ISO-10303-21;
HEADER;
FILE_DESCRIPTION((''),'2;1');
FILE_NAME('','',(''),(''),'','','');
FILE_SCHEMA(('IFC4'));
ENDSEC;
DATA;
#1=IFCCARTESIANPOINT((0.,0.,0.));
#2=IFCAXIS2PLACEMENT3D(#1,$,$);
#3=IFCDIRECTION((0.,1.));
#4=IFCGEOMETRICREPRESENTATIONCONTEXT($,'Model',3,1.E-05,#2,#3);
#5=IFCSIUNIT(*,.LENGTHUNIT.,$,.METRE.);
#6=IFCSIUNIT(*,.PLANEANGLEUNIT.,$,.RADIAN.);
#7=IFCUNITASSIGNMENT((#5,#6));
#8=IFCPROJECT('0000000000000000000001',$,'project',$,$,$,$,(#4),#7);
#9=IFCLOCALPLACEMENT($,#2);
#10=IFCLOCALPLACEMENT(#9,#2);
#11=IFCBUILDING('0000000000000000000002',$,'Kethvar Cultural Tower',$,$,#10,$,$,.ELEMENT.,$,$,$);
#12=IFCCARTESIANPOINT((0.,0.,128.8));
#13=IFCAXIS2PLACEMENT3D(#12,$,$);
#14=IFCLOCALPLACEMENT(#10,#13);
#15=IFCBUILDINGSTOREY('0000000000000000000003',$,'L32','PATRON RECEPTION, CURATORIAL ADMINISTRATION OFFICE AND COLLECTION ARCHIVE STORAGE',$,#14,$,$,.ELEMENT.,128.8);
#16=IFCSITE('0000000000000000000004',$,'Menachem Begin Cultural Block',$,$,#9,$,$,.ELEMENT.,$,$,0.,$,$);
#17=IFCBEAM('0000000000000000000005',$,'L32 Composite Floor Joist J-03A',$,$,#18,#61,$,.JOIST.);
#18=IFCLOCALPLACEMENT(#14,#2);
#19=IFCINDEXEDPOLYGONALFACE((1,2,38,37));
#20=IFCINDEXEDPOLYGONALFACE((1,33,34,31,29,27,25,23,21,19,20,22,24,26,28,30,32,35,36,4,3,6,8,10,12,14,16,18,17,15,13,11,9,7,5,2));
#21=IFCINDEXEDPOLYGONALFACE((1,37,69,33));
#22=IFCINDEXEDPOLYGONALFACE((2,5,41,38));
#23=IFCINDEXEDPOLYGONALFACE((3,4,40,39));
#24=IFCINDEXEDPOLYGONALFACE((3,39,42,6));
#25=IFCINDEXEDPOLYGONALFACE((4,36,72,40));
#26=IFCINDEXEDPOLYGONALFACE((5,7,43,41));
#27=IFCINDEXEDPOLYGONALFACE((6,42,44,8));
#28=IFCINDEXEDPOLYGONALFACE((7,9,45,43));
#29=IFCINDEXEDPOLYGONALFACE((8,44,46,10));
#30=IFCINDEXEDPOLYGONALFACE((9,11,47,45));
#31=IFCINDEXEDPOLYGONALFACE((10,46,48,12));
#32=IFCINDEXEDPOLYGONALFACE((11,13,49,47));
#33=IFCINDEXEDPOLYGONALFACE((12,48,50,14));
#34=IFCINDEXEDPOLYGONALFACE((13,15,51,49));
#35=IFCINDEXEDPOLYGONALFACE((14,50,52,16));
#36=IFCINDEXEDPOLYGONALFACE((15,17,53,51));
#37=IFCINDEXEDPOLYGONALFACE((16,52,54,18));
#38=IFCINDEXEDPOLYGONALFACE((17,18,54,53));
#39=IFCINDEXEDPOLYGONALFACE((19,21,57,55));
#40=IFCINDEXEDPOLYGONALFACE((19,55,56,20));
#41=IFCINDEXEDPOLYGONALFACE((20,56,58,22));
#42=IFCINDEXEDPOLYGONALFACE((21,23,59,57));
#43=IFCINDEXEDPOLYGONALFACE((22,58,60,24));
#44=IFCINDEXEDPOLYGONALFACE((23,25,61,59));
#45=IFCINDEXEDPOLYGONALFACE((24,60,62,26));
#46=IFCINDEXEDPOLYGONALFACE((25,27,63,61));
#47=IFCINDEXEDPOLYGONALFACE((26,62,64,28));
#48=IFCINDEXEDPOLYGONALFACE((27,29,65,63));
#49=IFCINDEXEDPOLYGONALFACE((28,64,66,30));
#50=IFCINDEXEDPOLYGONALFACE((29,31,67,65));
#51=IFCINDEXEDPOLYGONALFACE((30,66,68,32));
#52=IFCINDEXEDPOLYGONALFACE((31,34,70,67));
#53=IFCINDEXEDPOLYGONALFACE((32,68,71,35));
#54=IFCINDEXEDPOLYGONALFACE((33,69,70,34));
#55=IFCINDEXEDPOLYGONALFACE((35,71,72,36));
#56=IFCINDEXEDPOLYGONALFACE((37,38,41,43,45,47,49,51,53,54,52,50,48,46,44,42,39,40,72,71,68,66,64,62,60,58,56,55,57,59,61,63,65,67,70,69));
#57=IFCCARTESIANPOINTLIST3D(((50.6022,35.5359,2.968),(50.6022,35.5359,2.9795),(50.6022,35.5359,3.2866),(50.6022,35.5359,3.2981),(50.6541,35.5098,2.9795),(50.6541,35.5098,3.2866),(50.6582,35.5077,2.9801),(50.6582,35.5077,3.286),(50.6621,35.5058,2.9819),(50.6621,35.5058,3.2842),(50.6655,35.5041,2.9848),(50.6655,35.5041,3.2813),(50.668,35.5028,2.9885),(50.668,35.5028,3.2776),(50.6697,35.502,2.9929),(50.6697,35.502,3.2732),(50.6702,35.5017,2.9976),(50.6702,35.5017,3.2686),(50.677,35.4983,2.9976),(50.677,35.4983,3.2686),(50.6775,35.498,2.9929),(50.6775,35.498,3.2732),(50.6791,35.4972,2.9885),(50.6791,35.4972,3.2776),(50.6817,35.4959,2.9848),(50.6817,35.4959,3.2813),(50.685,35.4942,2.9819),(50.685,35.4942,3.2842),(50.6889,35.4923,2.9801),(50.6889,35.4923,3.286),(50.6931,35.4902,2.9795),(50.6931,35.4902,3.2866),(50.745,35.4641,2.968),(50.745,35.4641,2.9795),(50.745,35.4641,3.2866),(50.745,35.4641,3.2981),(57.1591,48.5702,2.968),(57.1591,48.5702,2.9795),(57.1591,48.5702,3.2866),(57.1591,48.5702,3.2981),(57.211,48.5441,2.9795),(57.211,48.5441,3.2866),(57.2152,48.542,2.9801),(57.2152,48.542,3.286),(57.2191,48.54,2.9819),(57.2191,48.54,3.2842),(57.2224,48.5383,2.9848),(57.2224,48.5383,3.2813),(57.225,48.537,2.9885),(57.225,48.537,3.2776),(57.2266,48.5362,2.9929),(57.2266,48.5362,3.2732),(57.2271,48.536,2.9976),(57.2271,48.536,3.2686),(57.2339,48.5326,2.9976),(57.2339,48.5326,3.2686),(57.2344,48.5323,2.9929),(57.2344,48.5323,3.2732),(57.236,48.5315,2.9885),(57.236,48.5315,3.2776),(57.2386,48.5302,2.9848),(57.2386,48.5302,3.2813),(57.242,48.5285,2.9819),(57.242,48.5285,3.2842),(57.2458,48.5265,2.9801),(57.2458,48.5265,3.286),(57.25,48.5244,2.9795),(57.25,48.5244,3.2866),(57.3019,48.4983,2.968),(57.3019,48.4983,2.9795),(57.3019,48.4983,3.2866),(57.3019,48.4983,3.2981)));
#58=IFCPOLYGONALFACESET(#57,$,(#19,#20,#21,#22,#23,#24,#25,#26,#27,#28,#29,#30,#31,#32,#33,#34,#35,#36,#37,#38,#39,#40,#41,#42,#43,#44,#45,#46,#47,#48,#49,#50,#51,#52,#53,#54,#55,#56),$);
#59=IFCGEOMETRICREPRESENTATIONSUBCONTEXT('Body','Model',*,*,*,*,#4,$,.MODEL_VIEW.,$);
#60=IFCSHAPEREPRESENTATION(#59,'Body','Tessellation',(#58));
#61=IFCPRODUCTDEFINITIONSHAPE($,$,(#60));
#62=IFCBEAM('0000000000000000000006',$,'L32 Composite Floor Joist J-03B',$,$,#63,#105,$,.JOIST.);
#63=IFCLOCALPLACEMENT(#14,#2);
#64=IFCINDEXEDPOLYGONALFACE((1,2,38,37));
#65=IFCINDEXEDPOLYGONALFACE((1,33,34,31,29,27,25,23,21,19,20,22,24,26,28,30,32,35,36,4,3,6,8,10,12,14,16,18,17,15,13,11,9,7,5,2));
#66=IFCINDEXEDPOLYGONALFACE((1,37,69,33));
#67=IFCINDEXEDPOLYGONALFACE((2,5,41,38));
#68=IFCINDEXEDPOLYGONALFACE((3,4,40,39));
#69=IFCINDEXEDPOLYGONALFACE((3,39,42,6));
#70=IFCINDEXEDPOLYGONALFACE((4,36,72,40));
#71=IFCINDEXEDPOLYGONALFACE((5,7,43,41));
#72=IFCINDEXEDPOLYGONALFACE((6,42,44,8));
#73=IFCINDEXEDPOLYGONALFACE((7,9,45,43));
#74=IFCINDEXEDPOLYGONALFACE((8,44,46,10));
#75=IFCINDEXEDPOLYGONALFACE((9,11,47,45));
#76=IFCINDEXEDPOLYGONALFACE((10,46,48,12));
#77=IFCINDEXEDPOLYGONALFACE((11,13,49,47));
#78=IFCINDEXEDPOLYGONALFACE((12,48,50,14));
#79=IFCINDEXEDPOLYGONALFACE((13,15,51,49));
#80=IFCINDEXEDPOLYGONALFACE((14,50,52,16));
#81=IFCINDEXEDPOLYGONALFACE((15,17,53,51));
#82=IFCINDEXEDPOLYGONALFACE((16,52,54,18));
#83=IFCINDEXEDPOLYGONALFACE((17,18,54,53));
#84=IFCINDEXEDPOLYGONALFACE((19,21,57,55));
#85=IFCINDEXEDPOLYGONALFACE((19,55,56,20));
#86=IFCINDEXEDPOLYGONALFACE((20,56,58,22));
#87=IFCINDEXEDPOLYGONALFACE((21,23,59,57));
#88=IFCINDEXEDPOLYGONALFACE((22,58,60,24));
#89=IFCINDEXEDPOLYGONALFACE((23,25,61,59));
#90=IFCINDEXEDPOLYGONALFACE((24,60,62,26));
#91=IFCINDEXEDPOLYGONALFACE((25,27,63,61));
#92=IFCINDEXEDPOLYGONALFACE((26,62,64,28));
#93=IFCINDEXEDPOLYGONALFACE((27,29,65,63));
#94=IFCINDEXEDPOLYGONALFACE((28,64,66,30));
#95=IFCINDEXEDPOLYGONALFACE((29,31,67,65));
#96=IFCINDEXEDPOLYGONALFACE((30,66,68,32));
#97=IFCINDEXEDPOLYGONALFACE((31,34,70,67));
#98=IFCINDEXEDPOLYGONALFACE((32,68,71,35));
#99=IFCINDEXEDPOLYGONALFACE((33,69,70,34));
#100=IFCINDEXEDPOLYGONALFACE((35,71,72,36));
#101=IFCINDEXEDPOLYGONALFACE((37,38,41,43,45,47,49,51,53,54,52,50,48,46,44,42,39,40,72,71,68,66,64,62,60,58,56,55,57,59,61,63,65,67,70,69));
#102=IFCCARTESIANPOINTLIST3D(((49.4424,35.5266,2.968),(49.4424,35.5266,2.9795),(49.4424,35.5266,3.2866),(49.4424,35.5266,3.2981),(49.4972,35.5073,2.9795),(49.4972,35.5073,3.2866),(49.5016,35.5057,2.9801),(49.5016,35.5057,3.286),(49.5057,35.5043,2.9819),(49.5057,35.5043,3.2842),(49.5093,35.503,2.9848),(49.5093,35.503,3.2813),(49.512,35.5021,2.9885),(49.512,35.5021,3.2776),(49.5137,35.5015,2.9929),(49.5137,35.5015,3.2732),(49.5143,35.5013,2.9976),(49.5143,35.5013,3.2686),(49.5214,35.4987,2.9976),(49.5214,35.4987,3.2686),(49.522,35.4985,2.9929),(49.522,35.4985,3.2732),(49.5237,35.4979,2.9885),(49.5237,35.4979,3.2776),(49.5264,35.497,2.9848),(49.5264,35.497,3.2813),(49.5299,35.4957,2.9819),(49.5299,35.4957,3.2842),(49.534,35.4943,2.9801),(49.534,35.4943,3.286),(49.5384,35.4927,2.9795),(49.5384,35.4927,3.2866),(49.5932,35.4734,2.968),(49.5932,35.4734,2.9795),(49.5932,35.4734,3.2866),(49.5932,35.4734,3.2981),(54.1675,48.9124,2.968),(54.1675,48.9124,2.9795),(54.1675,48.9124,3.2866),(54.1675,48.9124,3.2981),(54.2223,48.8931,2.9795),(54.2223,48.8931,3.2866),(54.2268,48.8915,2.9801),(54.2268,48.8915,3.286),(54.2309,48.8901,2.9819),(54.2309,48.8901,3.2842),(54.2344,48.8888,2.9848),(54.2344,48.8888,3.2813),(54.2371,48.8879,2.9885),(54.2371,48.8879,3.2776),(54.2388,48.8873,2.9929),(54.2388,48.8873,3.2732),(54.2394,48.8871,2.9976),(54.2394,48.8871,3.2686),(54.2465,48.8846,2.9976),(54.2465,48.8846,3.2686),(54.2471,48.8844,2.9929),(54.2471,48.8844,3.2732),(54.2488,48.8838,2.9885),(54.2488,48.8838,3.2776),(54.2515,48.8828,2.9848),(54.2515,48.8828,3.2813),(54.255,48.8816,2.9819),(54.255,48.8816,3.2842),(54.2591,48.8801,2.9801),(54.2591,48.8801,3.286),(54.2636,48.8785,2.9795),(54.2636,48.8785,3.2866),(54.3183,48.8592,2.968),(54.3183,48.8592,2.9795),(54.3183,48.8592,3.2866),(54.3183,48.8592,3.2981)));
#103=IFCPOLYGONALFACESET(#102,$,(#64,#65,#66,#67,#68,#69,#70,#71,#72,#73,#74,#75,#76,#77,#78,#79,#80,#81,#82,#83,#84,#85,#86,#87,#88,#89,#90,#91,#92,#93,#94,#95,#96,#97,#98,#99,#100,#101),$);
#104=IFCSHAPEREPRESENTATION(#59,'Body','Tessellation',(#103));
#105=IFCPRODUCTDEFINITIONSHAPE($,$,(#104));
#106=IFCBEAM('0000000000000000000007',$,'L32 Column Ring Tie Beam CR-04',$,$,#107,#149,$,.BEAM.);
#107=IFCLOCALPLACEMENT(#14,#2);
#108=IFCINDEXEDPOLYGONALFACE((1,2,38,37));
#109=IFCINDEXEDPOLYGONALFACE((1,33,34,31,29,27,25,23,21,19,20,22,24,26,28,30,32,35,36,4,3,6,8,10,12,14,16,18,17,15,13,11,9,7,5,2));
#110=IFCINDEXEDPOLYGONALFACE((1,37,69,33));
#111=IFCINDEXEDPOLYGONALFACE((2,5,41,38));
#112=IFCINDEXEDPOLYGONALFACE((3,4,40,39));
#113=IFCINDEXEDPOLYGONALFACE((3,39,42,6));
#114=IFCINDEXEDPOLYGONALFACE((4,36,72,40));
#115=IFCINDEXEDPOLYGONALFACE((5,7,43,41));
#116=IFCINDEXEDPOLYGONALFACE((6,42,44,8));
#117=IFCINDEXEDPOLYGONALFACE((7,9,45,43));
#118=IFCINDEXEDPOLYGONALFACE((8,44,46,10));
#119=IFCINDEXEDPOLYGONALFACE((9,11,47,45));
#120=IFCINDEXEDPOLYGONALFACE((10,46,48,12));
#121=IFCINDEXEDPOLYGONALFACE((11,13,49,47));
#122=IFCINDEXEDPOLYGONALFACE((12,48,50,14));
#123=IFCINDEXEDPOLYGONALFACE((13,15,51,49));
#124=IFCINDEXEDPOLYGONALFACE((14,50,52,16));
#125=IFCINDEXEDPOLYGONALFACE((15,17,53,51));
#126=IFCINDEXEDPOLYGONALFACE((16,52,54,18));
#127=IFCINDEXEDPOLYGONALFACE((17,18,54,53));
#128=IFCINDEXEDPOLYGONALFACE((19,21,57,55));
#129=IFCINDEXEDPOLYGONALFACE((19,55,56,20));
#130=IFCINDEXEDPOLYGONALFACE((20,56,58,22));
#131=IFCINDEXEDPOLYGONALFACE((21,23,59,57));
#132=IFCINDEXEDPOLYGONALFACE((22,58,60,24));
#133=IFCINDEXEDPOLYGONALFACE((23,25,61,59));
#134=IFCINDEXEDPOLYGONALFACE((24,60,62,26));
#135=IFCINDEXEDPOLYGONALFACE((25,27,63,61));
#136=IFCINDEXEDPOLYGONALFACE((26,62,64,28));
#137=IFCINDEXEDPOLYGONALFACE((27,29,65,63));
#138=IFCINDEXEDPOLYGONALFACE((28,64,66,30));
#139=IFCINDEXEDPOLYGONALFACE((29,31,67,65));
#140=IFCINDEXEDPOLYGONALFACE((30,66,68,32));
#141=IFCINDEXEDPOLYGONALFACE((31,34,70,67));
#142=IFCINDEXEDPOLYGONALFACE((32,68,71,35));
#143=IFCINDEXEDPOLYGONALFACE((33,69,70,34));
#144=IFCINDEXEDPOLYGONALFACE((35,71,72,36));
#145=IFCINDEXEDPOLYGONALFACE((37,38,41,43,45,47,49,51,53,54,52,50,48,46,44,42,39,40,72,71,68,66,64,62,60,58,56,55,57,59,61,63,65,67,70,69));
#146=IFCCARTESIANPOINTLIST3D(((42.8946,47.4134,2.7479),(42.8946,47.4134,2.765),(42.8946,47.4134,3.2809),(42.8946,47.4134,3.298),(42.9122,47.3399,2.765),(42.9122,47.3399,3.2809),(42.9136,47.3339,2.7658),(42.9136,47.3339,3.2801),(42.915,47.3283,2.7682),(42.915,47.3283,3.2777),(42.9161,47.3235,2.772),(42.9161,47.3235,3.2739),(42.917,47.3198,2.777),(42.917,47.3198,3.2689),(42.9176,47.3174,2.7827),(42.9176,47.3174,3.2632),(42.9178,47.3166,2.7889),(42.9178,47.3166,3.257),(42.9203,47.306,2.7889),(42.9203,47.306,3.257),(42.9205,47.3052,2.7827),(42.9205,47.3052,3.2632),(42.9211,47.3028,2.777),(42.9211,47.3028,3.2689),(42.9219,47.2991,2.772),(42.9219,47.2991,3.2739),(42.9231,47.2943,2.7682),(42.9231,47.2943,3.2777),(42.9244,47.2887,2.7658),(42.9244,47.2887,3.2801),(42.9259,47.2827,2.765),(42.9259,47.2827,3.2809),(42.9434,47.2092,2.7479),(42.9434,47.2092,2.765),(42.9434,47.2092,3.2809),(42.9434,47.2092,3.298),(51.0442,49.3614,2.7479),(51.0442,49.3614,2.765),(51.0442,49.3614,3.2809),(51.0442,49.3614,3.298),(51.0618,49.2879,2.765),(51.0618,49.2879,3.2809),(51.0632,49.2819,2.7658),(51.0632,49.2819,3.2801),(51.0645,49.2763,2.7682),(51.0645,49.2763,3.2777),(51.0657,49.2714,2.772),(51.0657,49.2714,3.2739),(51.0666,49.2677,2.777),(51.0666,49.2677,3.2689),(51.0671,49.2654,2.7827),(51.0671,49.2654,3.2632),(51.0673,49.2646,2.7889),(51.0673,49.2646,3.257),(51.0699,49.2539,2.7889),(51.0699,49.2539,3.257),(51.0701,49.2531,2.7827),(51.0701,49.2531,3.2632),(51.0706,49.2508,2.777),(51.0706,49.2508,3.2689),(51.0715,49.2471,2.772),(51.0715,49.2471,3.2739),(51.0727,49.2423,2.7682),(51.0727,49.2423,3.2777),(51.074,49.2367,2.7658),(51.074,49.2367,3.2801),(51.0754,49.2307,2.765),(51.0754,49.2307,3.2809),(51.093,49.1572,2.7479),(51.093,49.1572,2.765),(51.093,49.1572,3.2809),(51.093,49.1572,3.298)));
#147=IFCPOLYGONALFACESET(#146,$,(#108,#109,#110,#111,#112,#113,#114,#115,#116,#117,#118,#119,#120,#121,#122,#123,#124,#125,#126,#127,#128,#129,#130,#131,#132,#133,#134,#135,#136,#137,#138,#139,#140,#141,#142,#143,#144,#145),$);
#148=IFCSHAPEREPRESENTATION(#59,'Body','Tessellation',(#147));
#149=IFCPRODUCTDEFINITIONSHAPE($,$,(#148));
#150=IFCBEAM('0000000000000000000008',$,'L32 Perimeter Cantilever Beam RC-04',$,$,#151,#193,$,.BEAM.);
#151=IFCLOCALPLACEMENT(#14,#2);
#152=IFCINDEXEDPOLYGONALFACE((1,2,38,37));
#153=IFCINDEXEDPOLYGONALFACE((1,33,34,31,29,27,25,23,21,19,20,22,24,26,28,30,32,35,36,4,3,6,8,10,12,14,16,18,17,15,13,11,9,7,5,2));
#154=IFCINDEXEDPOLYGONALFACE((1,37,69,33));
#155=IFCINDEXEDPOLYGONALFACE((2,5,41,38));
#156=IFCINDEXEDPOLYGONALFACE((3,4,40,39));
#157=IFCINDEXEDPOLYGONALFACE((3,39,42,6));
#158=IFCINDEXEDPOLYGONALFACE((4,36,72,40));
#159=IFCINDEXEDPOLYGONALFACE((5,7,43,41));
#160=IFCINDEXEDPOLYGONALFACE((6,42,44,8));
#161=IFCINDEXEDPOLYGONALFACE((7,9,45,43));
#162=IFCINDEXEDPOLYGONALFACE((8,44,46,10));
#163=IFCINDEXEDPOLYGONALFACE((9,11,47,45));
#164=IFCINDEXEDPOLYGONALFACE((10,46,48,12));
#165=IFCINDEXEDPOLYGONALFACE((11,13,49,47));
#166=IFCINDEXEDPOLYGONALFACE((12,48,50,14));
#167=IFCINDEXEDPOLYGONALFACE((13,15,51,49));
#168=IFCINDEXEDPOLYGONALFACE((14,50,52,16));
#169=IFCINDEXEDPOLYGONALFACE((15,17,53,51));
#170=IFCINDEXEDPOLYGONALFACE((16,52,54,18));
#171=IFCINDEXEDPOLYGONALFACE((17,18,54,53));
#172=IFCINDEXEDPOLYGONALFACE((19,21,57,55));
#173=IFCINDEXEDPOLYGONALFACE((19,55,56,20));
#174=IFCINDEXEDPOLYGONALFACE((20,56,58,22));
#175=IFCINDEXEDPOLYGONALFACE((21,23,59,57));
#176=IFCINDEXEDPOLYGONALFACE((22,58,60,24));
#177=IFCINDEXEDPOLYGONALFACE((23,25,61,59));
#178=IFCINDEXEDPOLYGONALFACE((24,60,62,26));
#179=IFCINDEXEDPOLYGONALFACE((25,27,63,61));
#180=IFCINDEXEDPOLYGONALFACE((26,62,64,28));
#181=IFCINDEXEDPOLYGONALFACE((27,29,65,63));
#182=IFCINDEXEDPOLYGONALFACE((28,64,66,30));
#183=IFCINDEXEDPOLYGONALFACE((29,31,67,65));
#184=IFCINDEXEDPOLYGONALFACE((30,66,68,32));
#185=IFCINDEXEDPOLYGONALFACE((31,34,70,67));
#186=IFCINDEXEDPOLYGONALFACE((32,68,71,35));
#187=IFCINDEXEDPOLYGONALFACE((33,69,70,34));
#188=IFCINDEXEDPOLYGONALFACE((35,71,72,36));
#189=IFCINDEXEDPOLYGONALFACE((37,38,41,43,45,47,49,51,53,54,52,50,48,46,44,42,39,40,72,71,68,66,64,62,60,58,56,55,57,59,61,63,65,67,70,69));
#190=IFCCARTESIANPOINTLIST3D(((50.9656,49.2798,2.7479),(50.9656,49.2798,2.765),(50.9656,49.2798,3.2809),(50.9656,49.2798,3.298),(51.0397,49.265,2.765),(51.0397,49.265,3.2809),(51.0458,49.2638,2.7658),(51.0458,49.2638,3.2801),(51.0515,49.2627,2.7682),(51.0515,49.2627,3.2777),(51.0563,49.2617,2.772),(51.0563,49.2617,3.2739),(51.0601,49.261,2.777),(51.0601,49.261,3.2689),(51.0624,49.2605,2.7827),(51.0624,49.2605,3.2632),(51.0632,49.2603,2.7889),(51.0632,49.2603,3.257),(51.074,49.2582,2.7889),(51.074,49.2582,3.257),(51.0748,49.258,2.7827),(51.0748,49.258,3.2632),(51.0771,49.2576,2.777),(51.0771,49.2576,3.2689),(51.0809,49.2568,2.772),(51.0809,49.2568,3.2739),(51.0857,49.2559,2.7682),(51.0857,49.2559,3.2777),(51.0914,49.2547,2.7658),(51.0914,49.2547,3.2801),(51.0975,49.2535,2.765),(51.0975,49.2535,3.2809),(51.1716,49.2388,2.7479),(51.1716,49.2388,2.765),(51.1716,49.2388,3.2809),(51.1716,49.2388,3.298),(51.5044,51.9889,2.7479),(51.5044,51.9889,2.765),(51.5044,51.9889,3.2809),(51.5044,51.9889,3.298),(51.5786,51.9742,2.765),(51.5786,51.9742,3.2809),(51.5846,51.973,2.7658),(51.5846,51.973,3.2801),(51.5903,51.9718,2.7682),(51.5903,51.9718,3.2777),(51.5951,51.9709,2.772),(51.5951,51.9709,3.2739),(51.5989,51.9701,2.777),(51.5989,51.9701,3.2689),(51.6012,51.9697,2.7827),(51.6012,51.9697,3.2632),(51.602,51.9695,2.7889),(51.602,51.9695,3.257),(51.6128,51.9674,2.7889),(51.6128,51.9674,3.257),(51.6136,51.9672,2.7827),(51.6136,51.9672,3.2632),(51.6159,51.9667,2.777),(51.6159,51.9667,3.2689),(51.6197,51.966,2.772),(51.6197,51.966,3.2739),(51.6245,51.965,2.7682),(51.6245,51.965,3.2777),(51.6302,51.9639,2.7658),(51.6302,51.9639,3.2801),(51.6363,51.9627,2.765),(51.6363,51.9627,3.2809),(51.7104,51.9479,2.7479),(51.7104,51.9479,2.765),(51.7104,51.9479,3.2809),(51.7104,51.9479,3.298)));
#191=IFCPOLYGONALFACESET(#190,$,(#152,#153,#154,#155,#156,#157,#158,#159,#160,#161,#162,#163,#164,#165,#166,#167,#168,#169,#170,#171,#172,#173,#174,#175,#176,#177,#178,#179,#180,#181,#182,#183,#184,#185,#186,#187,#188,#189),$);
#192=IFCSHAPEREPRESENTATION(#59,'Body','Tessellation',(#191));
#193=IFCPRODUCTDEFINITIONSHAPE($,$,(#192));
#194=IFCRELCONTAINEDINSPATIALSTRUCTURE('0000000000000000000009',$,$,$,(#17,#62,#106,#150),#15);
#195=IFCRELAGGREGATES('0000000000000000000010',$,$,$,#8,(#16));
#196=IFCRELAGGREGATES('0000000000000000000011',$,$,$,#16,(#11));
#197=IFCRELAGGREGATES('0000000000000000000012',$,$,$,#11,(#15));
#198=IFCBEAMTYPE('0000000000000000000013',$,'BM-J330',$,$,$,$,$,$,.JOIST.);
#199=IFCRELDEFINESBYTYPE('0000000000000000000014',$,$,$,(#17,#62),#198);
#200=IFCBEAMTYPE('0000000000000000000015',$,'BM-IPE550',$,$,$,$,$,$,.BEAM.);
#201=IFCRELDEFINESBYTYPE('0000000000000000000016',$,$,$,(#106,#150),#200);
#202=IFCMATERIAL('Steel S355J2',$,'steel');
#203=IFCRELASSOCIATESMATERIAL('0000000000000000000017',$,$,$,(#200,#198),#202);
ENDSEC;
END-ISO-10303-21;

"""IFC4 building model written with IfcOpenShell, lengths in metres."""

from ifc_helpers import new_model, si_unit, direction, frame, origin, origin_2d, place, context, subcontext, project, spatial, i_section, extrude, source, transform, mapped, material, material_profile, profile_set, type_object, element, save


model = new_model("IFC4")

# Units and contexts
model_context = context("Model", 3, precision=1e-05, world=origin(), true_north=direction((0.0, 1.0)))
body_context = subcontext(model_context, "Body", "Model", "MODEL_VIEW")
ifc_project = project(units=[si_unit("LENGTHUNIT", "METRE"), si_unit("PLANEANGLEUNIT", "RADIAN")], contexts=[model_context])

# Site, building, storey
site_placement = place(None, origin())
site = spatial("IfcSite", under=ifc_project, at=site_placement, Name="Menachem Begin Cultural Block", CompositionType="ELEMENT", RefElevation=0.0)
building_placement = place(site_placement, origin())
building = spatial("IfcBuilding", under=site, at=building_placement, Name="Kethvar Cultural Tower", CompositionType="ELEMENT")
storey_placement = place(building_placement, frame((0.0, 0.0, 128.8)))
storey = spatial("IfcBuildingStorey", under=building, at=storey_placement, Name="L32", Description="PATRON RECEPTION, CURATORIAL ADMINISTRATION OFFICE AND COLLECTION ARCHIVE STORAGE", CompositionType="ELEMENT", Elevation=128.8)

# Beams
ifc_material_1 = material(Name="Steel S355J2", Category="steel")
ifc_material_profile_1 = material_profile(ifc_material_1, i_section(OverallWidth=0.21, OverallDepth=0.55, WebThickness=0.011, FlangeThickness=0.0171, FilletRadius=0.0239, at=origin_2d()), Name="Steel S355J2 — IPE550")
ifc_profile_set_1 = profile_set([ifc_material_profile_1], Name="Steel S355J2 — IPE550")
beam_type_1 = type_object("IfcBeamType", Name="BM-IPE550", PredefinedType="BEAM", material=ifc_profile_set_1)
ifc_material_profile_2 = material_profile(ifc_material_1, i_section(OverallWidth=0.1599, OverallDepth=0.3301, WebThickness=0.0076, FlangeThickness=0.0115, FilletRadius=0.0181, at=origin_2d()), Name="Steel S355J2 — IPE330")
ifc_profile_set_2 = profile_set([ifc_material_profile_2], Name="Steel S355J2 — IPE330")
beam_type_2 = type_object("IfcBeamType", Name="BM-J330", PredefinedType="JOIST", material=ifc_profile_set_2)
shared_shape_1 = source(origin(), body_context, "Body", "SweptSolid", [
    extrude(i_section(OverallWidth=0.1599, OverallDepth=0.3301, WebThickness=0.0076, FlangeThickness=0.0115, FilletRadius=0.0181, at=origin_2d()), origin(), (0.0, 0.0, 1.0), 14.5906),
])
beam_1_placement = place(storey_placement, frame((50.6736, 35.5, 3.1331), z_axis=(0.449394, 0.893334, 0.0), x_axis=(-0.893334, 0.449394, 0.0)))
element("IfcBeam", 1, at=beam_1_placement, inside=storey, type_object=beam_type_2, Name="L32 Composite Floor Joist J-03A", PredefinedType="JOIST", context=body_context, shape_type="MappedRepresentation", body=[
    mapped(shared_shape_1, transform((0.0, 0.0, 0.0), scale=1.0)),
])
shared_shape_2 = source(origin(), body_context, "Body", "SweptSolid", [
    extrude(i_section(OverallWidth=0.1599, OverallDepth=0.3301, WebThickness=0.0076, FlangeThickness=0.0115, FilletRadius=0.0181, at=origin_2d()), origin(), (0.0, 0.0, 1.0), 14.1953),
])
beam_2_placement = place(storey_placement, frame((49.5178, 35.5, 3.1331), z_axis=(0.332865, 0.942974, 0.0), x_axis=(-0.942974, 0.332865, 0.0)))
element("IfcBeam", 2, at=beam_2_placement, inside=storey, type_object=beam_type_2, Name="L32 Composite Floor Joist J-03B", PredefinedType="JOIST", context=body_context, shape_type="MappedRepresentation", body=[
    mapped(shared_shape_2, transform((0.0, 0.0, 0.0), scale=1.0)),
])
shared_shape_3 = source(origin(), body_context, "Body", "SweptSolid", [
    extrude(i_section(OverallWidth=0.21, OverallDepth=0.55, WebThickness=0.011, FlangeThickness=0.0171, FilletRadius=0.0239, at=origin_2d()), origin(), (0.0, 0.0, 1.0), 8.3792),
])
beam_3_placement = place(storey_placement, frame((51.0686, 49.2593, 3.0229), z_axis=(-0.972601, -0.232479, 0.0), x_axis=(0.232479, -0.972601, 0.0)))
element("IfcBeam", 3, at=beam_3_placement, inside=storey, type_object=beam_type_1, Name="L32 Column Ring Tie Beam CR-04", PredefinedType="BEAM", context=body_context, shape_type="MappedRepresentation", body=[
    mapped(shared_shape_3, transform((0.0, 0.0, 0.0), scale=1.0)),
])
shared_shape_4 = source(origin(), body_context, "Body", "SweptSolid", [
    extrude(i_section(OverallWidth=0.21, OverallDepth=0.55, WebThickness=0.011, FlangeThickness=0.0171, FilletRadius=0.0239, at=origin_2d()), origin(), (0.0, 0.0, 1.0), 2.7622),
])
beam_4_placement = place(storey_placement, frame((51.0686, 49.2593, 3.0229), z_axis=(0.195062, 0.980791, 0.0), x_axis=(-0.980791, 0.195062, 0.0)))
element("IfcBeam", 4, at=beam_4_placement, inside=storey, type_object=beam_type_1, Name="L32 Perimeter Cantilever Beam RC-04", PredefinedType="BEAM", context=body_context, shape_type="MappedRepresentation", body=[
    mapped(shared_shape_4, transform((0.0, 0.0, 0.0), scale=1.0)),
])

save(model, "model.ifc")
